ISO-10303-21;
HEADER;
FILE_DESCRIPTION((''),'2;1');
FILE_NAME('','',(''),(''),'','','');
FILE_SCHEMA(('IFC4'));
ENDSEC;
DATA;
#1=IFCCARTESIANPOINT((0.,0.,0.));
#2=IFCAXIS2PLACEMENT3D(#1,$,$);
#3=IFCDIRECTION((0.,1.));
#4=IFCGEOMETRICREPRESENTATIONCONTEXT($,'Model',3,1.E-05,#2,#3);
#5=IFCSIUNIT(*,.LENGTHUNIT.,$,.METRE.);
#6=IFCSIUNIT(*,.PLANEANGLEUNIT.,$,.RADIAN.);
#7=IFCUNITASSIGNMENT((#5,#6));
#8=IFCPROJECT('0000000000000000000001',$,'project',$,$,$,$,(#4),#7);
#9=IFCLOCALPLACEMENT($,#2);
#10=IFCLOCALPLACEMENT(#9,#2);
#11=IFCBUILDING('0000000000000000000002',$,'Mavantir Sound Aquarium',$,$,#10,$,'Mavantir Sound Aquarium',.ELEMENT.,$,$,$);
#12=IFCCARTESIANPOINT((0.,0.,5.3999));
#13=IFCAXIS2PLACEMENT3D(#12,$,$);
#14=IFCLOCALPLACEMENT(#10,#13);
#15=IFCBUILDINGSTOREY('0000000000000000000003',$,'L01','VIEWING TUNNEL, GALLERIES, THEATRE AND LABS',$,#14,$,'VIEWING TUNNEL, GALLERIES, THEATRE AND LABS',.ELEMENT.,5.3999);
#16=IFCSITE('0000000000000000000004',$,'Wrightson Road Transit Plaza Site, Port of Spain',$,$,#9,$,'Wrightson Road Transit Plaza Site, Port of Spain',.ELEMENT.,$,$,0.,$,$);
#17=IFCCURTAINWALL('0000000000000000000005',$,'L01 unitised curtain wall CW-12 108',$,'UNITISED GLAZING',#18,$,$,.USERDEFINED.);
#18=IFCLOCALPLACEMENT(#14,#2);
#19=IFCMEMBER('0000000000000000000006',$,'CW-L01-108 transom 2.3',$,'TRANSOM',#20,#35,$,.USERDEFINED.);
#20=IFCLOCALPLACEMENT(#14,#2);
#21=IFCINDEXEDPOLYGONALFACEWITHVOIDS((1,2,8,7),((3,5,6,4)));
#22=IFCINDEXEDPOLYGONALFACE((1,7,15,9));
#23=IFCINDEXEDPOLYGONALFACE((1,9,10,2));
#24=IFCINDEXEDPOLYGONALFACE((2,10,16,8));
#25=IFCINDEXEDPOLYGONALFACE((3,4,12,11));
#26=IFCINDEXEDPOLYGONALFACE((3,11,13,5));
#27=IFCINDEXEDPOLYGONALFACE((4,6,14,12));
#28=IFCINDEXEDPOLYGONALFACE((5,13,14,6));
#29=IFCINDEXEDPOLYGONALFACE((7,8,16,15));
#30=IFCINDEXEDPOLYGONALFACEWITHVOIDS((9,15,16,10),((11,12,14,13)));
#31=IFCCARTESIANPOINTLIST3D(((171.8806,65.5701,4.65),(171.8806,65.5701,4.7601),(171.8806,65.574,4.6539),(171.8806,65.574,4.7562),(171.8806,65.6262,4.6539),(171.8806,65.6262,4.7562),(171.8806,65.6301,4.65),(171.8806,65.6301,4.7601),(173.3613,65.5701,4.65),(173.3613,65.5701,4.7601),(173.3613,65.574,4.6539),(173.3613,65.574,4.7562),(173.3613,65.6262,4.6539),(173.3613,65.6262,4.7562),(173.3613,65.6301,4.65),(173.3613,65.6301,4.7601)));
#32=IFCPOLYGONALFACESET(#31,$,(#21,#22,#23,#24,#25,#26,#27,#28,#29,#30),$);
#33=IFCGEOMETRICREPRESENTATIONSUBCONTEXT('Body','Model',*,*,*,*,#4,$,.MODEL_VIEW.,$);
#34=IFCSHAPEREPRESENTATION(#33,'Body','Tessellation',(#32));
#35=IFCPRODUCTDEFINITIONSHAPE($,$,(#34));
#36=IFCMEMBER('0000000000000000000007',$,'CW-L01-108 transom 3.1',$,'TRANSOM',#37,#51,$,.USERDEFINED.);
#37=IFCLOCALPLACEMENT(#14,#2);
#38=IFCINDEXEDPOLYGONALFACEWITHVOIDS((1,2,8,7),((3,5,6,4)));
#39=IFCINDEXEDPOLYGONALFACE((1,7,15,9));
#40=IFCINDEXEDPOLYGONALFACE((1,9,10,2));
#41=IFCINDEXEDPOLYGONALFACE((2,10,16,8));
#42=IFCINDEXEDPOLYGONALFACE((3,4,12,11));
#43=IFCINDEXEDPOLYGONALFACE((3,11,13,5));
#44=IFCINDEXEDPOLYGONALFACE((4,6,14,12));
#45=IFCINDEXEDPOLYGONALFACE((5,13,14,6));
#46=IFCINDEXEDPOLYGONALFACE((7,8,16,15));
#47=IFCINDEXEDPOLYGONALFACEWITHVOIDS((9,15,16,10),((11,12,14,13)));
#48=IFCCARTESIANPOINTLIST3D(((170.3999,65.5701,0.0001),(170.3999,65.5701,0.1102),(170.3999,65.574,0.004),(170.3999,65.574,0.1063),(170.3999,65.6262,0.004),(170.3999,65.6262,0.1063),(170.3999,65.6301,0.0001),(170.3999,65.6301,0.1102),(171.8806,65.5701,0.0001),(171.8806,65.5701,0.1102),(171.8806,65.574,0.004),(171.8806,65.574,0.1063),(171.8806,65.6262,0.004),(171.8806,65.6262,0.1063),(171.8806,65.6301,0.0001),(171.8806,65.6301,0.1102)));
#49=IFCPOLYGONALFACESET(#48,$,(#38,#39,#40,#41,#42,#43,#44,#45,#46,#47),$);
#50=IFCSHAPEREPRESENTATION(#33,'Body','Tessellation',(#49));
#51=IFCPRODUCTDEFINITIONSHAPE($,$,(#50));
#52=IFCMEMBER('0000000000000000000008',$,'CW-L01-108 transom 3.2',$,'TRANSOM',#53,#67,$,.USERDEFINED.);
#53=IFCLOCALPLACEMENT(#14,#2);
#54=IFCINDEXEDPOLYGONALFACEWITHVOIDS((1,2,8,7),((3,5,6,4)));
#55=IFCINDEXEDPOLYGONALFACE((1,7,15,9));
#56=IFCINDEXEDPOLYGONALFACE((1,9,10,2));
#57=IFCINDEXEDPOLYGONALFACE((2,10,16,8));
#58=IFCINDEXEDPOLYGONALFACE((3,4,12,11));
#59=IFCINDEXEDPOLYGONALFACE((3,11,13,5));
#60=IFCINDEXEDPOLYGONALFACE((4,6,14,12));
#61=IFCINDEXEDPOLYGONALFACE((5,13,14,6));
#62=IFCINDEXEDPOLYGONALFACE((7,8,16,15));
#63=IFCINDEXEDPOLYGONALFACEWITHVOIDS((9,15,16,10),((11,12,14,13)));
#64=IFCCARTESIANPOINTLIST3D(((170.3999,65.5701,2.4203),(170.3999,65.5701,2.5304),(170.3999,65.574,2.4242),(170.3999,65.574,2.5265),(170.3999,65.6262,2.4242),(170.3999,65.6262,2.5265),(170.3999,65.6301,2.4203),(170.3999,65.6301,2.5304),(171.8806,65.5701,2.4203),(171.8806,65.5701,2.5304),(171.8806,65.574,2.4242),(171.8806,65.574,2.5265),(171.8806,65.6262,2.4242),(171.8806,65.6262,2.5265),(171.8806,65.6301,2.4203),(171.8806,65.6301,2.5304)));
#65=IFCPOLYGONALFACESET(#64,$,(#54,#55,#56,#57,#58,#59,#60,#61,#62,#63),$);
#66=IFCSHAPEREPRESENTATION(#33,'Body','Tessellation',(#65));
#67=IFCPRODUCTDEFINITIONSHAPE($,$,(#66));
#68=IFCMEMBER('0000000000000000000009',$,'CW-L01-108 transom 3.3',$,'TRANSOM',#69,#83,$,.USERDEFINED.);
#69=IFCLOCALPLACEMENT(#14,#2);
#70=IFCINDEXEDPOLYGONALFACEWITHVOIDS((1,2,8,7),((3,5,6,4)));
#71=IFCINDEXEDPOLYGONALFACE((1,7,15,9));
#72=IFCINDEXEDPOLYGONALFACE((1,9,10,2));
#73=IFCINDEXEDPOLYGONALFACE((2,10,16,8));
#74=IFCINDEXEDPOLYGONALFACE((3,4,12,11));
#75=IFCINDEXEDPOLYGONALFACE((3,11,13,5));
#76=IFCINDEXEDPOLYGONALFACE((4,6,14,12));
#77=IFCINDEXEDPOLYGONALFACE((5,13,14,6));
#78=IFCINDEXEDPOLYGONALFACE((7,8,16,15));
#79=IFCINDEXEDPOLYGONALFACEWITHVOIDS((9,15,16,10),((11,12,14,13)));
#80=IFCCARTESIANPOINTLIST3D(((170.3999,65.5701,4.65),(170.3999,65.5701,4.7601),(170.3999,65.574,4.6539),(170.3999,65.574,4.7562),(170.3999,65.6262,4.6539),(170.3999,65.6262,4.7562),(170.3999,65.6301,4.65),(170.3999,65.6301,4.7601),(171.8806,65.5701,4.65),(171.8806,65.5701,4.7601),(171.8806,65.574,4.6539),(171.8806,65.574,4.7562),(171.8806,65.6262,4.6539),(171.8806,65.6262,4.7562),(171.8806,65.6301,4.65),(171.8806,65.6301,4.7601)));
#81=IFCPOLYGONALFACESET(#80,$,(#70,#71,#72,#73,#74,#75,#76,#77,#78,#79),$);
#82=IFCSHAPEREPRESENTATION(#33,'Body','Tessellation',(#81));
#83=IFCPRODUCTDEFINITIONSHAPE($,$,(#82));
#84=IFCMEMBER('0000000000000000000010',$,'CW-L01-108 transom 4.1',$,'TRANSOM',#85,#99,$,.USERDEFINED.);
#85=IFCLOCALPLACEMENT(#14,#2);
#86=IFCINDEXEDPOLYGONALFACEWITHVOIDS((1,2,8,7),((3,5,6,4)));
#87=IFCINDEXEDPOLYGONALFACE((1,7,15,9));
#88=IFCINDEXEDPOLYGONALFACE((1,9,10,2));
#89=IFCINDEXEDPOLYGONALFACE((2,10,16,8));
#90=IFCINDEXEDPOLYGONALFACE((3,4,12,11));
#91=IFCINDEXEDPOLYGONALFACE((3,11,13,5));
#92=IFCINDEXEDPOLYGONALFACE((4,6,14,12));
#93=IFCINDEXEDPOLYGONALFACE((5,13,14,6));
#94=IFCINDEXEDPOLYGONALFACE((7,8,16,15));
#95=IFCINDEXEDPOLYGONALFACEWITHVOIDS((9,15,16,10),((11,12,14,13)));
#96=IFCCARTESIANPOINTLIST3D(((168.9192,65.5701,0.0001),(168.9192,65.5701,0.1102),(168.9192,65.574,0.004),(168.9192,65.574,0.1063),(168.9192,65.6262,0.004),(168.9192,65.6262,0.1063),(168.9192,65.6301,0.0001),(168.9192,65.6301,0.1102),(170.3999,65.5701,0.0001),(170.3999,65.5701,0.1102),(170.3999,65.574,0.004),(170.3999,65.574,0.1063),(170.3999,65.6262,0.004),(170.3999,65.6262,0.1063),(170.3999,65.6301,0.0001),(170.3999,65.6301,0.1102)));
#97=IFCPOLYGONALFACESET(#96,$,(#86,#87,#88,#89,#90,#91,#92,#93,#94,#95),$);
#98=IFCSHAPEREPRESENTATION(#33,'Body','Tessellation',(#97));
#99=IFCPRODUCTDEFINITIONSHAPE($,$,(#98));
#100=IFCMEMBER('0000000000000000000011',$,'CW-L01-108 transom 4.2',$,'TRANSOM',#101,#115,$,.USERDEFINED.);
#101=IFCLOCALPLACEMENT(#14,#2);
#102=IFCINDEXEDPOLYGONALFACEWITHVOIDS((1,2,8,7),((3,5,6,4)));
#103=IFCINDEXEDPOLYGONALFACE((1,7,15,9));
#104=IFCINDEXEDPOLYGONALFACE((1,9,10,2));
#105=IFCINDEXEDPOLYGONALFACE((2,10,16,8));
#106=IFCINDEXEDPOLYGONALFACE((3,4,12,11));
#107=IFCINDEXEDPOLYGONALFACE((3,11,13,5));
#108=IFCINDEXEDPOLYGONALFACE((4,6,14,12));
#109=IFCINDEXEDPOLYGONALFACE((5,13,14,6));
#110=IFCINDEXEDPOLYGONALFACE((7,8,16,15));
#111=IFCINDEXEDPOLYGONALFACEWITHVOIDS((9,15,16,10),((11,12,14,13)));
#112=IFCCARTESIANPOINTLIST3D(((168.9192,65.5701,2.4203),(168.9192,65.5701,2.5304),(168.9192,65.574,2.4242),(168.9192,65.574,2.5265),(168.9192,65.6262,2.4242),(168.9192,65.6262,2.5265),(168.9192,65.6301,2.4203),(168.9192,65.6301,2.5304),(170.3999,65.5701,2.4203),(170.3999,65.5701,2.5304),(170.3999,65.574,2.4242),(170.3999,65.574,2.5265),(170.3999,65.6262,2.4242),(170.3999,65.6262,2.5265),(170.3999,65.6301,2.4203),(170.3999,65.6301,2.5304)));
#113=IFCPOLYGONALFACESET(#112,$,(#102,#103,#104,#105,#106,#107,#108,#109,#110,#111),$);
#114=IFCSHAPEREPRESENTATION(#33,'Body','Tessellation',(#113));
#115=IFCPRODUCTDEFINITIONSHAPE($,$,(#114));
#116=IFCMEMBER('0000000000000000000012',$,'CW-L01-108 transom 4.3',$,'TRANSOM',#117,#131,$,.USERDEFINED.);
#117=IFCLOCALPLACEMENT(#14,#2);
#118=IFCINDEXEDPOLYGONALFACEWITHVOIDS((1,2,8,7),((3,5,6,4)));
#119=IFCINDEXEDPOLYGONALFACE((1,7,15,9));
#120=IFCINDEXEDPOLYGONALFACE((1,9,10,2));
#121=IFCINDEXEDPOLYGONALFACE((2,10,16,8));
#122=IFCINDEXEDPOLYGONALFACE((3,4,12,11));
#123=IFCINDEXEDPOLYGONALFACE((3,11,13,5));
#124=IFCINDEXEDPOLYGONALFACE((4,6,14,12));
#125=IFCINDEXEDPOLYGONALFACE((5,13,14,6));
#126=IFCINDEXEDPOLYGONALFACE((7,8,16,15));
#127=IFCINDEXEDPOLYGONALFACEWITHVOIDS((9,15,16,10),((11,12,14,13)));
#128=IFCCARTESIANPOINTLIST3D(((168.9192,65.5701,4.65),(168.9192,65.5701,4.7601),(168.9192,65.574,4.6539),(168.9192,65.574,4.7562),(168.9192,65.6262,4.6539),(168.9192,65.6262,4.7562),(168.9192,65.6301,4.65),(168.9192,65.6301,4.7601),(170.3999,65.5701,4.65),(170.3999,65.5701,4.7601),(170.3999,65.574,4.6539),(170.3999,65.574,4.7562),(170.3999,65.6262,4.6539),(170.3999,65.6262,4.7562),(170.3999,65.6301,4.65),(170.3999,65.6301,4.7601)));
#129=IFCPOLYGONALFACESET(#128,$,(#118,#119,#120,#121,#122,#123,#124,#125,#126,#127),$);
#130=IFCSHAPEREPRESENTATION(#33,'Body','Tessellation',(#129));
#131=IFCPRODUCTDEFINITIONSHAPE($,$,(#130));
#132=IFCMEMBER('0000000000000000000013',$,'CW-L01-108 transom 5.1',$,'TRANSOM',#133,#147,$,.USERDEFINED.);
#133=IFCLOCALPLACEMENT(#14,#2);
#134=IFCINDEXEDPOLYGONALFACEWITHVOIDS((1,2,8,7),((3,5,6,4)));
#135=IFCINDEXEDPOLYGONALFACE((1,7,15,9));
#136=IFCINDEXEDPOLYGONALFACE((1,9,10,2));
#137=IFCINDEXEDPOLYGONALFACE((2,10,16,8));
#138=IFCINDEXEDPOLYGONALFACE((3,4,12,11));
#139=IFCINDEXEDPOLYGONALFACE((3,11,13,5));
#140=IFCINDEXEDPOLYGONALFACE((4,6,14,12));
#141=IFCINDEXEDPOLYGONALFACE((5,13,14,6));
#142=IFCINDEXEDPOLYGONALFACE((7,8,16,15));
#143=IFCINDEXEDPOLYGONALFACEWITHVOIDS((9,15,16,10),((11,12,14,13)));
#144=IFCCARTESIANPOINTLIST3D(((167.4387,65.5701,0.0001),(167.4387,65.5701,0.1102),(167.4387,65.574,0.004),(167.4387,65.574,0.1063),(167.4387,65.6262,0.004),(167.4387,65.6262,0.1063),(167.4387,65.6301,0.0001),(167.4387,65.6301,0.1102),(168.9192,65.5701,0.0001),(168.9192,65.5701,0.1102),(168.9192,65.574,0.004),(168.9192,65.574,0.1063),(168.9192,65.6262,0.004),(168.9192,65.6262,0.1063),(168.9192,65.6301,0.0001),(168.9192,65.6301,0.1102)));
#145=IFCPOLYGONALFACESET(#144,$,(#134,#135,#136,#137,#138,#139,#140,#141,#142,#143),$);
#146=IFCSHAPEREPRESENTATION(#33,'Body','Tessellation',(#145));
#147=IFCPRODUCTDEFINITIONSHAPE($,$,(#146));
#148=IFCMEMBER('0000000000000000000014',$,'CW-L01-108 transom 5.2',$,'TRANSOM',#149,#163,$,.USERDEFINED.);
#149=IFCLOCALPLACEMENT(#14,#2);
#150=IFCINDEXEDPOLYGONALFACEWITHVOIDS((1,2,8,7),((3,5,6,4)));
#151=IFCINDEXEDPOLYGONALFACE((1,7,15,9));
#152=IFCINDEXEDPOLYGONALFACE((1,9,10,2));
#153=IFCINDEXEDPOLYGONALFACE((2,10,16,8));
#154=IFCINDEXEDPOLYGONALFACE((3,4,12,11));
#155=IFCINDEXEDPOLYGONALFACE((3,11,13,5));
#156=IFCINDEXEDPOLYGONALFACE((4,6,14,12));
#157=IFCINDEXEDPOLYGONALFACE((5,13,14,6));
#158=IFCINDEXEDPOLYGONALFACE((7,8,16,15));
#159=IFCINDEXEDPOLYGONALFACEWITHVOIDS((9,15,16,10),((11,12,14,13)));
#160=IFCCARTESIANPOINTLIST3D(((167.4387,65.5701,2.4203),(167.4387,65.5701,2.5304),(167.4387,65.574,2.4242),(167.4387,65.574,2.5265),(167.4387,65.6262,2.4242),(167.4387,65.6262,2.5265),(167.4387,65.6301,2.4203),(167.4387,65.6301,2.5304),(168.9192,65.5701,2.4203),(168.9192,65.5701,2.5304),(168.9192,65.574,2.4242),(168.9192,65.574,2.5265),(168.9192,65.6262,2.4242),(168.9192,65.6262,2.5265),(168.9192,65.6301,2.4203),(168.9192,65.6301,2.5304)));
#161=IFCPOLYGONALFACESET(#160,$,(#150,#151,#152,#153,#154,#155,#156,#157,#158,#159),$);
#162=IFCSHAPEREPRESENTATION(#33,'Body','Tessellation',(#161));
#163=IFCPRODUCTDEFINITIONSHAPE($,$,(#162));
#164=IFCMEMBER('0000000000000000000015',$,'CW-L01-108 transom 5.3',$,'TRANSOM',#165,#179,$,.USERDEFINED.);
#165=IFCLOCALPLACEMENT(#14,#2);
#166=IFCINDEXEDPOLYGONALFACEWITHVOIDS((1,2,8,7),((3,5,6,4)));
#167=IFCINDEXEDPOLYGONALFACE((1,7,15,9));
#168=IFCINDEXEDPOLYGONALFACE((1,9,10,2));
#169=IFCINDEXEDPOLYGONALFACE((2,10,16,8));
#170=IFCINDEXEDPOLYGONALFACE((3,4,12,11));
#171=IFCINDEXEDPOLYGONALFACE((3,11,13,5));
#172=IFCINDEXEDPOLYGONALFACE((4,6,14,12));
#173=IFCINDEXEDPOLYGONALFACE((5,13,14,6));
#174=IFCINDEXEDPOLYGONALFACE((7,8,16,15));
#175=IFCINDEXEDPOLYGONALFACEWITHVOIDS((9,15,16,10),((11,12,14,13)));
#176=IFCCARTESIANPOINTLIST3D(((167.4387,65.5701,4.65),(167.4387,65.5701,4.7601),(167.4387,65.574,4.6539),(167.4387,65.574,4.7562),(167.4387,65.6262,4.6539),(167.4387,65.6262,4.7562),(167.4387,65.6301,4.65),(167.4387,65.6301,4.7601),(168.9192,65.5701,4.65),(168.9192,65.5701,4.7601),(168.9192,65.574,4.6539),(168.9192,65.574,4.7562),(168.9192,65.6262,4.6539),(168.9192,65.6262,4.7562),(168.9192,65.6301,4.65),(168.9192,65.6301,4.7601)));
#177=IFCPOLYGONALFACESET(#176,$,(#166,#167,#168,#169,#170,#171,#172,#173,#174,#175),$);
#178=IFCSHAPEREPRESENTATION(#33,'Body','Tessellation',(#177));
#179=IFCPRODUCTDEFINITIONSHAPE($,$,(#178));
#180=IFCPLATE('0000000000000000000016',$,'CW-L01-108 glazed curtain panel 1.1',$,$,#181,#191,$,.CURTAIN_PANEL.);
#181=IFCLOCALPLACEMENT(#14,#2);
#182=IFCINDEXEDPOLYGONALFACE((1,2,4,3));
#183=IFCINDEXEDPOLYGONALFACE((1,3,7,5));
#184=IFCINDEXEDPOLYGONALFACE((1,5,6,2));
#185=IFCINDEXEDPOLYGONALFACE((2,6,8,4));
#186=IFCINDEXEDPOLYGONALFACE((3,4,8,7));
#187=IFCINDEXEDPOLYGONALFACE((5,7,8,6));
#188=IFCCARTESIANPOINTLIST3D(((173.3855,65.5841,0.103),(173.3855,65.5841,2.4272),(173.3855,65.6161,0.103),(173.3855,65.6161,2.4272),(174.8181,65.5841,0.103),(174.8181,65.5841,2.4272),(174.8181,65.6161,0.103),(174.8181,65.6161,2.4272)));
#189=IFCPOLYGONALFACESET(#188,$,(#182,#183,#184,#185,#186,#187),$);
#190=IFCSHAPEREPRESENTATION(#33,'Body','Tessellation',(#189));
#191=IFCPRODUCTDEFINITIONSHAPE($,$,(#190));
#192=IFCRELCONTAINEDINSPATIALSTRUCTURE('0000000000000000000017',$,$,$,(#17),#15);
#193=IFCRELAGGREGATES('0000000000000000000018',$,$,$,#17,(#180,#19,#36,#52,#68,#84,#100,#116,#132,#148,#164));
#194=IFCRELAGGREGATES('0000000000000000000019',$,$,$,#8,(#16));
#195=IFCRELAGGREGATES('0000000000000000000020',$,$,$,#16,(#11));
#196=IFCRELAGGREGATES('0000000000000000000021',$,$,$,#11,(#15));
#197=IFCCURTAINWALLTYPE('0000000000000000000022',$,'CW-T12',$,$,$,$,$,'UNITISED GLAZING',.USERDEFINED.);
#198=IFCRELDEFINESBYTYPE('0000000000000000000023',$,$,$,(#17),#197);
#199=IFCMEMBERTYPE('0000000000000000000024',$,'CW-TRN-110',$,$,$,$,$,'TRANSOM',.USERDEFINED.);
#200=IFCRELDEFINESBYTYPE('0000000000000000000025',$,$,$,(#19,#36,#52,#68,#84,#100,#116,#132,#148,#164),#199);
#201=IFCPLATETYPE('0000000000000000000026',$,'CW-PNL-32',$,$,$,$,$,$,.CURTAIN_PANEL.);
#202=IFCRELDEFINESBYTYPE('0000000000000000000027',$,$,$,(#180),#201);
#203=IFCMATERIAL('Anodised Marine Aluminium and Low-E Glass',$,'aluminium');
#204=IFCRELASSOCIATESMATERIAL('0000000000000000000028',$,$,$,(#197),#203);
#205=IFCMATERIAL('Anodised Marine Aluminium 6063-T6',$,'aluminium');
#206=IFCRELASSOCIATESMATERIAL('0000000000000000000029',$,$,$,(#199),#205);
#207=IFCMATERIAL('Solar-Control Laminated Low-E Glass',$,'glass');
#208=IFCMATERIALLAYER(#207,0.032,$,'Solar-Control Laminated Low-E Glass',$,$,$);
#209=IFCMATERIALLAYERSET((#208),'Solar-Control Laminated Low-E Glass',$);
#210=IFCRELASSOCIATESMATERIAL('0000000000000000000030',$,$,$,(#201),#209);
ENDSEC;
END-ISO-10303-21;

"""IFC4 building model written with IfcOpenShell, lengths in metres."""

from ifc_helpers import new_model, si_unit, direction, frame, origin, origin_2d, place, context, subcontext, project, spatial, rectangle, hollow_rectangle, extrude, material, layer, layer_set, material_profile, profile_set, type_object, element, aggregate, save


model = new_model("IFC4")

# Units and contexts
model_context = context("Model", 3, precision=1e-05, world=origin(), true_north=direction((0.0, 1.0)))
body_context = subcontext(model_context, "Body", "Model", "MODEL_VIEW")
ifc_project = project(units=[si_unit("LENGTHUNIT", "METRE"), si_unit("PLANEANGLEUNIT", "RADIAN")], contexts=[model_context])

# Site, building, storey
site_placement = place(None, origin())
site = spatial("IfcSite", under=ifc_project, at=site_placement, Name="Wrightson Road Transit Plaza Site, Port of Spain", LongName="Wrightson Road Transit Plaza Site, Port of Spain", CompositionType="ELEMENT", RefElevation=0.0)
building_placement = place(site_placement, origin())
building = spatial("IfcBuilding", under=site, at=building_placement, Name="Mavantir Sound Aquarium", LongName="Mavantir Sound Aquarium", CompositionType="ELEMENT")
storey_placement = place(building_placement, frame((0.0, 0.0, 5.3999)))
storey = spatial("IfcBuildingStorey", under=building, at=storey_placement, Name="L01", Description="VIEWING TUNNEL, GALLERIES, THEATRE AND LABS", LongName="VIEWING TUNNEL, GALLERIES, THEATRE AND LABS", CompositionType="ELEMENT", Elevation=5.3999)

# Curtain wall, members, plate
ifc_material_1 = material(Name="Anodised Marine Aluminium and Low-E Glass", Category="aluminium")
curtain_wall_type = type_object("IfcCurtainWallType", Name="CW-T12", ElementType="UNITISED GLAZING", PredefinedType="USERDEFINED", material=ifc_material_1)
curtain_wall_placement = place(storey_placement, origin())
curtain_wall = element("IfcCurtainWall", 1, at=curtain_wall_placement, inside=storey, type_object=curtain_wall_type, Name="L01 unitised curtain wall CW-12 108", ObjectType="UNITISED GLAZING", PredefinedType="USERDEFINED")
ifc_material_2 = material(Name="Anodised Marine Aluminium 6063-T6", Category="aluminium")
ifc_material_profile_1 = material_profile(ifc_material_2, hollow_rectangle(XDim=0.0601, YDim=0.1101, WallThickness=0.0039, at=origin_2d()), Name="ALU-TRANSOM-110X60")
ifc_profile_set_1 = profile_set([ifc_material_profile_1], Name="Anodised Marine Aluminium 6063-T6")
member_type_1 = type_object("IfcMemberType", Name="CW-TRN-110", ElementType="TRANSOM", PredefinedType="USERDEFINED", material=ifc_profile_set_1)
member_1_placement = place(storey_placement, frame((173.3613, 65.6001, 4.7051), z_axis=(-1.0, 0.0, 0.0), x_axis=(0.0, -1.0, 0.0)))
member_1 = element("IfcMember", 2, at=member_1_placement, type_object=member_type_1, Name="CW-L01-108 transom 2.3", ObjectType="TRANSOM", PredefinedType="USERDEFINED", context=body_context, shape_type="SweptSolid", body=[
    extrude(hollow_rectangle(XDim=0.0601, YDim=0.1101, WallThickness=0.0039, at=origin_2d()), origin(), (0.0, 0.0, 1.0), 1.4807),
])
member_2_placement = place(storey_placement, frame((171.8806, 65.6001, 0.0552), z_axis=(-1.0, 0.0, 0.0), x_axis=(0.0, -1.0, 0.0)))
member_2 = element("IfcMember", 3, at=member_2_placement, type_object=member_type_1, Name="CW-L01-108 transom 3.1", ObjectType="TRANSOM", PredefinedType="USERDEFINED", context=body_context, shape_type="SweptSolid", body=[
    extrude(hollow_rectangle(XDim=0.0601, YDim=0.1101, WallThickness=0.0039, at=origin_2d()), origin(), (0.0, 0.0, 1.0), 1.4807),
])
member_3_placement = place(storey_placement, frame((171.8806, 65.6001, 2.4753), z_axis=(-1.0, 0.0, 0.0), x_axis=(0.0, -1.0, 0.0)))
member_3 = element("IfcMember", 4, at=member_3_placement, type_object=member_type_1, Name="CW-L01-108 transom 3.2", ObjectType="TRANSOM", PredefinedType="USERDEFINED", context=body_context, shape_type="SweptSolid", body=[
    extrude(hollow_rectangle(XDim=0.0601, YDim=0.1101, WallThickness=0.0039, at=origin_2d()), origin(), (0.0, 0.0, 1.0), 1.4807),
])
member_4_placement = place(storey_placement, frame((171.8806, 65.6001, 4.7051), z_axis=(-1.0, 0.0, 0.0), x_axis=(0.0, -1.0, 0.0)))
member_4 = element("IfcMember", 5, at=member_4_placement, type_object=member_type_1, Name="CW-L01-108 transom 3.3", ObjectType="TRANSOM", PredefinedType="USERDEFINED", context=body_context, shape_type="SweptSolid", body=[
    extrude(hollow_rectangle(XDim=0.0601, YDim=0.1101, WallThickness=0.0039, at=origin_2d()), origin(), (0.0, 0.0, 1.0), 1.4807),
])
member_5_placement = place(storey_placement, frame((170.3999, 65.6001, 0.0552), z_axis=(-1.0, 0.0, 0.0), x_axis=(0.0, -1.0, 0.0)))
member_5 = element("IfcMember", 6, at=member_5_placement, type_object=member_type_1, Name="CW-L01-108 transom 4.1", ObjectType="TRANSOM", PredefinedType="USERDEFINED", context=body_context, shape_type="SweptSolid", body=[
    extrude(hollow_rectangle(XDim=0.0601, YDim=0.1101, WallThickness=0.0039, at=origin_2d()), origin(), (0.0, 0.0, 1.0), 1.4807),
])
member_6_placement = place(storey_placement, frame((170.3999, 65.6001, 2.4753), z_axis=(-1.0, 0.0, 0.0), x_axis=(0.0, -1.0, 0.0)))
member_6 = element("IfcMember", 7, at=member_6_placement, type_object=member_type_1, Name="CW-L01-108 transom 4.2", ObjectType="TRANSOM", PredefinedType="USERDEFINED", context=body_context, shape_type="SweptSolid", body=[
    extrude(hollow_rectangle(XDim=0.0601, YDim=0.1101, WallThickness=0.0039, at=origin_2d()), origin(), (0.0, 0.0, 1.0), 1.4807),
])
member_7_placement = place(storey_placement, frame((170.3999, 65.6001, 4.7051), z_axis=(-1.0, 0.0, 0.0), x_axis=(0.0, -1.0, 0.0)))
member_7 = element("IfcMember", 8, at=member_7_placement, type_object=member_type_1, Name="CW-L01-108 transom 4.3", ObjectType="TRANSOM", PredefinedType="USERDEFINED", context=body_context, shape_type="SweptSolid", body=[
    extrude(hollow_rectangle(XDim=0.0601, YDim=0.1101, WallThickness=0.0039, at=origin_2d()), origin(), (0.0, 0.0, 1.0), 1.4807),
])
member_8_placement = place(storey_placement, frame((168.9192, 65.6001, 0.0552), z_axis=(-1.0, 0.0, 0.0), x_axis=(0.0, -1.0, 0.0)))
member_8 = element("IfcMember", 9, at=member_8_placement, type_object=member_type_1, Name="CW-L01-108 transom 5.1", ObjectType="TRANSOM", PredefinedType="USERDEFINED", context=body_context, shape_type="SweptSolid", body=[
    extrude(hollow_rectangle(XDim=0.0601, YDim=0.1101, WallThickness=0.0039, at=origin_2d()), origin(), (0.0, 0.0, 1.0), 1.4805),
])
member_9_placement = place(storey_placement, frame((168.9192, 65.6001, 2.4753), z_axis=(-1.0, 0.0, 0.0), x_axis=(0.0, -1.0, 0.0)))
member_9 = element("IfcMember", 10, at=member_9_placement, type_object=member_type_1, Name="CW-L01-108 transom 5.2", ObjectType="TRANSOM", PredefinedType="USERDEFINED", context=body_context, shape_type="SweptSolid", body=[
    extrude(hollow_rectangle(XDim=0.0601, YDim=0.1101, WallThickness=0.0039, at=origin_2d()), origin(), (0.0, 0.0, 1.0), 1.4805),
])
member_10_placement = place(storey_placement, frame((168.9192, 65.6001, 4.7051), z_axis=(-1.0, 0.0, 0.0), x_axis=(0.0, -1.0, 0.0)))
member_10 = element("IfcMember", 11, at=member_10_placement, type_object=member_type_1, Name="CW-L01-108 transom 5.3", ObjectType="TRANSOM", PredefinedType="USERDEFINED", context=body_context, shape_type="SweptSolid", body=[
    extrude(hollow_rectangle(XDim=0.0601, YDim=0.1101, WallThickness=0.0039, at=origin_2d()), origin(), (0.0, 0.0, 1.0), 1.4805),
])
ifc_material_3 = material(Name="Solar-Control Laminated Low-E Glass", Category="glass")
ifc_layer = layer(ifc_material_3, 0.032, Name="Solar-Control Laminated Low-E Glass")
ifc_layer_set = layer_set([ifc_layer], Name="Solar-Control Laminated Low-E Glass")
plate_type = type_object("IfcPlateType", Name="CW-PNL-32", PredefinedType="CURTAIN_PANEL", material=ifc_layer_set)
plate_1_placement = place(storey_placement, frame((174.1018, 65.6001, 0.103), z_axis=(0.0, 0.0, 1.0), x_axis=(-1.0, 0.0, 0.0)))
plate_1 = element("IfcPlate", 12, at=plate_1_placement, type_object=plate_type, Name="CW-L01-108 glazed curtain panel 1.1", PredefinedType="CURTAIN_PANEL", context=body_context, shape_type="SweptSolid", body=[
    extrude(rectangle(XDim=1.4326, YDim=0.032, at=origin_2d()), origin(), (0.0, 0.0, 1.0), 2.3242),
])
aggregate(curtain_wall, [plate_1, member_1, member_2, member_3, member_4, member_5, member_6, member_7, member_8, member_9, member_10])

save(model, "model.ifc")
